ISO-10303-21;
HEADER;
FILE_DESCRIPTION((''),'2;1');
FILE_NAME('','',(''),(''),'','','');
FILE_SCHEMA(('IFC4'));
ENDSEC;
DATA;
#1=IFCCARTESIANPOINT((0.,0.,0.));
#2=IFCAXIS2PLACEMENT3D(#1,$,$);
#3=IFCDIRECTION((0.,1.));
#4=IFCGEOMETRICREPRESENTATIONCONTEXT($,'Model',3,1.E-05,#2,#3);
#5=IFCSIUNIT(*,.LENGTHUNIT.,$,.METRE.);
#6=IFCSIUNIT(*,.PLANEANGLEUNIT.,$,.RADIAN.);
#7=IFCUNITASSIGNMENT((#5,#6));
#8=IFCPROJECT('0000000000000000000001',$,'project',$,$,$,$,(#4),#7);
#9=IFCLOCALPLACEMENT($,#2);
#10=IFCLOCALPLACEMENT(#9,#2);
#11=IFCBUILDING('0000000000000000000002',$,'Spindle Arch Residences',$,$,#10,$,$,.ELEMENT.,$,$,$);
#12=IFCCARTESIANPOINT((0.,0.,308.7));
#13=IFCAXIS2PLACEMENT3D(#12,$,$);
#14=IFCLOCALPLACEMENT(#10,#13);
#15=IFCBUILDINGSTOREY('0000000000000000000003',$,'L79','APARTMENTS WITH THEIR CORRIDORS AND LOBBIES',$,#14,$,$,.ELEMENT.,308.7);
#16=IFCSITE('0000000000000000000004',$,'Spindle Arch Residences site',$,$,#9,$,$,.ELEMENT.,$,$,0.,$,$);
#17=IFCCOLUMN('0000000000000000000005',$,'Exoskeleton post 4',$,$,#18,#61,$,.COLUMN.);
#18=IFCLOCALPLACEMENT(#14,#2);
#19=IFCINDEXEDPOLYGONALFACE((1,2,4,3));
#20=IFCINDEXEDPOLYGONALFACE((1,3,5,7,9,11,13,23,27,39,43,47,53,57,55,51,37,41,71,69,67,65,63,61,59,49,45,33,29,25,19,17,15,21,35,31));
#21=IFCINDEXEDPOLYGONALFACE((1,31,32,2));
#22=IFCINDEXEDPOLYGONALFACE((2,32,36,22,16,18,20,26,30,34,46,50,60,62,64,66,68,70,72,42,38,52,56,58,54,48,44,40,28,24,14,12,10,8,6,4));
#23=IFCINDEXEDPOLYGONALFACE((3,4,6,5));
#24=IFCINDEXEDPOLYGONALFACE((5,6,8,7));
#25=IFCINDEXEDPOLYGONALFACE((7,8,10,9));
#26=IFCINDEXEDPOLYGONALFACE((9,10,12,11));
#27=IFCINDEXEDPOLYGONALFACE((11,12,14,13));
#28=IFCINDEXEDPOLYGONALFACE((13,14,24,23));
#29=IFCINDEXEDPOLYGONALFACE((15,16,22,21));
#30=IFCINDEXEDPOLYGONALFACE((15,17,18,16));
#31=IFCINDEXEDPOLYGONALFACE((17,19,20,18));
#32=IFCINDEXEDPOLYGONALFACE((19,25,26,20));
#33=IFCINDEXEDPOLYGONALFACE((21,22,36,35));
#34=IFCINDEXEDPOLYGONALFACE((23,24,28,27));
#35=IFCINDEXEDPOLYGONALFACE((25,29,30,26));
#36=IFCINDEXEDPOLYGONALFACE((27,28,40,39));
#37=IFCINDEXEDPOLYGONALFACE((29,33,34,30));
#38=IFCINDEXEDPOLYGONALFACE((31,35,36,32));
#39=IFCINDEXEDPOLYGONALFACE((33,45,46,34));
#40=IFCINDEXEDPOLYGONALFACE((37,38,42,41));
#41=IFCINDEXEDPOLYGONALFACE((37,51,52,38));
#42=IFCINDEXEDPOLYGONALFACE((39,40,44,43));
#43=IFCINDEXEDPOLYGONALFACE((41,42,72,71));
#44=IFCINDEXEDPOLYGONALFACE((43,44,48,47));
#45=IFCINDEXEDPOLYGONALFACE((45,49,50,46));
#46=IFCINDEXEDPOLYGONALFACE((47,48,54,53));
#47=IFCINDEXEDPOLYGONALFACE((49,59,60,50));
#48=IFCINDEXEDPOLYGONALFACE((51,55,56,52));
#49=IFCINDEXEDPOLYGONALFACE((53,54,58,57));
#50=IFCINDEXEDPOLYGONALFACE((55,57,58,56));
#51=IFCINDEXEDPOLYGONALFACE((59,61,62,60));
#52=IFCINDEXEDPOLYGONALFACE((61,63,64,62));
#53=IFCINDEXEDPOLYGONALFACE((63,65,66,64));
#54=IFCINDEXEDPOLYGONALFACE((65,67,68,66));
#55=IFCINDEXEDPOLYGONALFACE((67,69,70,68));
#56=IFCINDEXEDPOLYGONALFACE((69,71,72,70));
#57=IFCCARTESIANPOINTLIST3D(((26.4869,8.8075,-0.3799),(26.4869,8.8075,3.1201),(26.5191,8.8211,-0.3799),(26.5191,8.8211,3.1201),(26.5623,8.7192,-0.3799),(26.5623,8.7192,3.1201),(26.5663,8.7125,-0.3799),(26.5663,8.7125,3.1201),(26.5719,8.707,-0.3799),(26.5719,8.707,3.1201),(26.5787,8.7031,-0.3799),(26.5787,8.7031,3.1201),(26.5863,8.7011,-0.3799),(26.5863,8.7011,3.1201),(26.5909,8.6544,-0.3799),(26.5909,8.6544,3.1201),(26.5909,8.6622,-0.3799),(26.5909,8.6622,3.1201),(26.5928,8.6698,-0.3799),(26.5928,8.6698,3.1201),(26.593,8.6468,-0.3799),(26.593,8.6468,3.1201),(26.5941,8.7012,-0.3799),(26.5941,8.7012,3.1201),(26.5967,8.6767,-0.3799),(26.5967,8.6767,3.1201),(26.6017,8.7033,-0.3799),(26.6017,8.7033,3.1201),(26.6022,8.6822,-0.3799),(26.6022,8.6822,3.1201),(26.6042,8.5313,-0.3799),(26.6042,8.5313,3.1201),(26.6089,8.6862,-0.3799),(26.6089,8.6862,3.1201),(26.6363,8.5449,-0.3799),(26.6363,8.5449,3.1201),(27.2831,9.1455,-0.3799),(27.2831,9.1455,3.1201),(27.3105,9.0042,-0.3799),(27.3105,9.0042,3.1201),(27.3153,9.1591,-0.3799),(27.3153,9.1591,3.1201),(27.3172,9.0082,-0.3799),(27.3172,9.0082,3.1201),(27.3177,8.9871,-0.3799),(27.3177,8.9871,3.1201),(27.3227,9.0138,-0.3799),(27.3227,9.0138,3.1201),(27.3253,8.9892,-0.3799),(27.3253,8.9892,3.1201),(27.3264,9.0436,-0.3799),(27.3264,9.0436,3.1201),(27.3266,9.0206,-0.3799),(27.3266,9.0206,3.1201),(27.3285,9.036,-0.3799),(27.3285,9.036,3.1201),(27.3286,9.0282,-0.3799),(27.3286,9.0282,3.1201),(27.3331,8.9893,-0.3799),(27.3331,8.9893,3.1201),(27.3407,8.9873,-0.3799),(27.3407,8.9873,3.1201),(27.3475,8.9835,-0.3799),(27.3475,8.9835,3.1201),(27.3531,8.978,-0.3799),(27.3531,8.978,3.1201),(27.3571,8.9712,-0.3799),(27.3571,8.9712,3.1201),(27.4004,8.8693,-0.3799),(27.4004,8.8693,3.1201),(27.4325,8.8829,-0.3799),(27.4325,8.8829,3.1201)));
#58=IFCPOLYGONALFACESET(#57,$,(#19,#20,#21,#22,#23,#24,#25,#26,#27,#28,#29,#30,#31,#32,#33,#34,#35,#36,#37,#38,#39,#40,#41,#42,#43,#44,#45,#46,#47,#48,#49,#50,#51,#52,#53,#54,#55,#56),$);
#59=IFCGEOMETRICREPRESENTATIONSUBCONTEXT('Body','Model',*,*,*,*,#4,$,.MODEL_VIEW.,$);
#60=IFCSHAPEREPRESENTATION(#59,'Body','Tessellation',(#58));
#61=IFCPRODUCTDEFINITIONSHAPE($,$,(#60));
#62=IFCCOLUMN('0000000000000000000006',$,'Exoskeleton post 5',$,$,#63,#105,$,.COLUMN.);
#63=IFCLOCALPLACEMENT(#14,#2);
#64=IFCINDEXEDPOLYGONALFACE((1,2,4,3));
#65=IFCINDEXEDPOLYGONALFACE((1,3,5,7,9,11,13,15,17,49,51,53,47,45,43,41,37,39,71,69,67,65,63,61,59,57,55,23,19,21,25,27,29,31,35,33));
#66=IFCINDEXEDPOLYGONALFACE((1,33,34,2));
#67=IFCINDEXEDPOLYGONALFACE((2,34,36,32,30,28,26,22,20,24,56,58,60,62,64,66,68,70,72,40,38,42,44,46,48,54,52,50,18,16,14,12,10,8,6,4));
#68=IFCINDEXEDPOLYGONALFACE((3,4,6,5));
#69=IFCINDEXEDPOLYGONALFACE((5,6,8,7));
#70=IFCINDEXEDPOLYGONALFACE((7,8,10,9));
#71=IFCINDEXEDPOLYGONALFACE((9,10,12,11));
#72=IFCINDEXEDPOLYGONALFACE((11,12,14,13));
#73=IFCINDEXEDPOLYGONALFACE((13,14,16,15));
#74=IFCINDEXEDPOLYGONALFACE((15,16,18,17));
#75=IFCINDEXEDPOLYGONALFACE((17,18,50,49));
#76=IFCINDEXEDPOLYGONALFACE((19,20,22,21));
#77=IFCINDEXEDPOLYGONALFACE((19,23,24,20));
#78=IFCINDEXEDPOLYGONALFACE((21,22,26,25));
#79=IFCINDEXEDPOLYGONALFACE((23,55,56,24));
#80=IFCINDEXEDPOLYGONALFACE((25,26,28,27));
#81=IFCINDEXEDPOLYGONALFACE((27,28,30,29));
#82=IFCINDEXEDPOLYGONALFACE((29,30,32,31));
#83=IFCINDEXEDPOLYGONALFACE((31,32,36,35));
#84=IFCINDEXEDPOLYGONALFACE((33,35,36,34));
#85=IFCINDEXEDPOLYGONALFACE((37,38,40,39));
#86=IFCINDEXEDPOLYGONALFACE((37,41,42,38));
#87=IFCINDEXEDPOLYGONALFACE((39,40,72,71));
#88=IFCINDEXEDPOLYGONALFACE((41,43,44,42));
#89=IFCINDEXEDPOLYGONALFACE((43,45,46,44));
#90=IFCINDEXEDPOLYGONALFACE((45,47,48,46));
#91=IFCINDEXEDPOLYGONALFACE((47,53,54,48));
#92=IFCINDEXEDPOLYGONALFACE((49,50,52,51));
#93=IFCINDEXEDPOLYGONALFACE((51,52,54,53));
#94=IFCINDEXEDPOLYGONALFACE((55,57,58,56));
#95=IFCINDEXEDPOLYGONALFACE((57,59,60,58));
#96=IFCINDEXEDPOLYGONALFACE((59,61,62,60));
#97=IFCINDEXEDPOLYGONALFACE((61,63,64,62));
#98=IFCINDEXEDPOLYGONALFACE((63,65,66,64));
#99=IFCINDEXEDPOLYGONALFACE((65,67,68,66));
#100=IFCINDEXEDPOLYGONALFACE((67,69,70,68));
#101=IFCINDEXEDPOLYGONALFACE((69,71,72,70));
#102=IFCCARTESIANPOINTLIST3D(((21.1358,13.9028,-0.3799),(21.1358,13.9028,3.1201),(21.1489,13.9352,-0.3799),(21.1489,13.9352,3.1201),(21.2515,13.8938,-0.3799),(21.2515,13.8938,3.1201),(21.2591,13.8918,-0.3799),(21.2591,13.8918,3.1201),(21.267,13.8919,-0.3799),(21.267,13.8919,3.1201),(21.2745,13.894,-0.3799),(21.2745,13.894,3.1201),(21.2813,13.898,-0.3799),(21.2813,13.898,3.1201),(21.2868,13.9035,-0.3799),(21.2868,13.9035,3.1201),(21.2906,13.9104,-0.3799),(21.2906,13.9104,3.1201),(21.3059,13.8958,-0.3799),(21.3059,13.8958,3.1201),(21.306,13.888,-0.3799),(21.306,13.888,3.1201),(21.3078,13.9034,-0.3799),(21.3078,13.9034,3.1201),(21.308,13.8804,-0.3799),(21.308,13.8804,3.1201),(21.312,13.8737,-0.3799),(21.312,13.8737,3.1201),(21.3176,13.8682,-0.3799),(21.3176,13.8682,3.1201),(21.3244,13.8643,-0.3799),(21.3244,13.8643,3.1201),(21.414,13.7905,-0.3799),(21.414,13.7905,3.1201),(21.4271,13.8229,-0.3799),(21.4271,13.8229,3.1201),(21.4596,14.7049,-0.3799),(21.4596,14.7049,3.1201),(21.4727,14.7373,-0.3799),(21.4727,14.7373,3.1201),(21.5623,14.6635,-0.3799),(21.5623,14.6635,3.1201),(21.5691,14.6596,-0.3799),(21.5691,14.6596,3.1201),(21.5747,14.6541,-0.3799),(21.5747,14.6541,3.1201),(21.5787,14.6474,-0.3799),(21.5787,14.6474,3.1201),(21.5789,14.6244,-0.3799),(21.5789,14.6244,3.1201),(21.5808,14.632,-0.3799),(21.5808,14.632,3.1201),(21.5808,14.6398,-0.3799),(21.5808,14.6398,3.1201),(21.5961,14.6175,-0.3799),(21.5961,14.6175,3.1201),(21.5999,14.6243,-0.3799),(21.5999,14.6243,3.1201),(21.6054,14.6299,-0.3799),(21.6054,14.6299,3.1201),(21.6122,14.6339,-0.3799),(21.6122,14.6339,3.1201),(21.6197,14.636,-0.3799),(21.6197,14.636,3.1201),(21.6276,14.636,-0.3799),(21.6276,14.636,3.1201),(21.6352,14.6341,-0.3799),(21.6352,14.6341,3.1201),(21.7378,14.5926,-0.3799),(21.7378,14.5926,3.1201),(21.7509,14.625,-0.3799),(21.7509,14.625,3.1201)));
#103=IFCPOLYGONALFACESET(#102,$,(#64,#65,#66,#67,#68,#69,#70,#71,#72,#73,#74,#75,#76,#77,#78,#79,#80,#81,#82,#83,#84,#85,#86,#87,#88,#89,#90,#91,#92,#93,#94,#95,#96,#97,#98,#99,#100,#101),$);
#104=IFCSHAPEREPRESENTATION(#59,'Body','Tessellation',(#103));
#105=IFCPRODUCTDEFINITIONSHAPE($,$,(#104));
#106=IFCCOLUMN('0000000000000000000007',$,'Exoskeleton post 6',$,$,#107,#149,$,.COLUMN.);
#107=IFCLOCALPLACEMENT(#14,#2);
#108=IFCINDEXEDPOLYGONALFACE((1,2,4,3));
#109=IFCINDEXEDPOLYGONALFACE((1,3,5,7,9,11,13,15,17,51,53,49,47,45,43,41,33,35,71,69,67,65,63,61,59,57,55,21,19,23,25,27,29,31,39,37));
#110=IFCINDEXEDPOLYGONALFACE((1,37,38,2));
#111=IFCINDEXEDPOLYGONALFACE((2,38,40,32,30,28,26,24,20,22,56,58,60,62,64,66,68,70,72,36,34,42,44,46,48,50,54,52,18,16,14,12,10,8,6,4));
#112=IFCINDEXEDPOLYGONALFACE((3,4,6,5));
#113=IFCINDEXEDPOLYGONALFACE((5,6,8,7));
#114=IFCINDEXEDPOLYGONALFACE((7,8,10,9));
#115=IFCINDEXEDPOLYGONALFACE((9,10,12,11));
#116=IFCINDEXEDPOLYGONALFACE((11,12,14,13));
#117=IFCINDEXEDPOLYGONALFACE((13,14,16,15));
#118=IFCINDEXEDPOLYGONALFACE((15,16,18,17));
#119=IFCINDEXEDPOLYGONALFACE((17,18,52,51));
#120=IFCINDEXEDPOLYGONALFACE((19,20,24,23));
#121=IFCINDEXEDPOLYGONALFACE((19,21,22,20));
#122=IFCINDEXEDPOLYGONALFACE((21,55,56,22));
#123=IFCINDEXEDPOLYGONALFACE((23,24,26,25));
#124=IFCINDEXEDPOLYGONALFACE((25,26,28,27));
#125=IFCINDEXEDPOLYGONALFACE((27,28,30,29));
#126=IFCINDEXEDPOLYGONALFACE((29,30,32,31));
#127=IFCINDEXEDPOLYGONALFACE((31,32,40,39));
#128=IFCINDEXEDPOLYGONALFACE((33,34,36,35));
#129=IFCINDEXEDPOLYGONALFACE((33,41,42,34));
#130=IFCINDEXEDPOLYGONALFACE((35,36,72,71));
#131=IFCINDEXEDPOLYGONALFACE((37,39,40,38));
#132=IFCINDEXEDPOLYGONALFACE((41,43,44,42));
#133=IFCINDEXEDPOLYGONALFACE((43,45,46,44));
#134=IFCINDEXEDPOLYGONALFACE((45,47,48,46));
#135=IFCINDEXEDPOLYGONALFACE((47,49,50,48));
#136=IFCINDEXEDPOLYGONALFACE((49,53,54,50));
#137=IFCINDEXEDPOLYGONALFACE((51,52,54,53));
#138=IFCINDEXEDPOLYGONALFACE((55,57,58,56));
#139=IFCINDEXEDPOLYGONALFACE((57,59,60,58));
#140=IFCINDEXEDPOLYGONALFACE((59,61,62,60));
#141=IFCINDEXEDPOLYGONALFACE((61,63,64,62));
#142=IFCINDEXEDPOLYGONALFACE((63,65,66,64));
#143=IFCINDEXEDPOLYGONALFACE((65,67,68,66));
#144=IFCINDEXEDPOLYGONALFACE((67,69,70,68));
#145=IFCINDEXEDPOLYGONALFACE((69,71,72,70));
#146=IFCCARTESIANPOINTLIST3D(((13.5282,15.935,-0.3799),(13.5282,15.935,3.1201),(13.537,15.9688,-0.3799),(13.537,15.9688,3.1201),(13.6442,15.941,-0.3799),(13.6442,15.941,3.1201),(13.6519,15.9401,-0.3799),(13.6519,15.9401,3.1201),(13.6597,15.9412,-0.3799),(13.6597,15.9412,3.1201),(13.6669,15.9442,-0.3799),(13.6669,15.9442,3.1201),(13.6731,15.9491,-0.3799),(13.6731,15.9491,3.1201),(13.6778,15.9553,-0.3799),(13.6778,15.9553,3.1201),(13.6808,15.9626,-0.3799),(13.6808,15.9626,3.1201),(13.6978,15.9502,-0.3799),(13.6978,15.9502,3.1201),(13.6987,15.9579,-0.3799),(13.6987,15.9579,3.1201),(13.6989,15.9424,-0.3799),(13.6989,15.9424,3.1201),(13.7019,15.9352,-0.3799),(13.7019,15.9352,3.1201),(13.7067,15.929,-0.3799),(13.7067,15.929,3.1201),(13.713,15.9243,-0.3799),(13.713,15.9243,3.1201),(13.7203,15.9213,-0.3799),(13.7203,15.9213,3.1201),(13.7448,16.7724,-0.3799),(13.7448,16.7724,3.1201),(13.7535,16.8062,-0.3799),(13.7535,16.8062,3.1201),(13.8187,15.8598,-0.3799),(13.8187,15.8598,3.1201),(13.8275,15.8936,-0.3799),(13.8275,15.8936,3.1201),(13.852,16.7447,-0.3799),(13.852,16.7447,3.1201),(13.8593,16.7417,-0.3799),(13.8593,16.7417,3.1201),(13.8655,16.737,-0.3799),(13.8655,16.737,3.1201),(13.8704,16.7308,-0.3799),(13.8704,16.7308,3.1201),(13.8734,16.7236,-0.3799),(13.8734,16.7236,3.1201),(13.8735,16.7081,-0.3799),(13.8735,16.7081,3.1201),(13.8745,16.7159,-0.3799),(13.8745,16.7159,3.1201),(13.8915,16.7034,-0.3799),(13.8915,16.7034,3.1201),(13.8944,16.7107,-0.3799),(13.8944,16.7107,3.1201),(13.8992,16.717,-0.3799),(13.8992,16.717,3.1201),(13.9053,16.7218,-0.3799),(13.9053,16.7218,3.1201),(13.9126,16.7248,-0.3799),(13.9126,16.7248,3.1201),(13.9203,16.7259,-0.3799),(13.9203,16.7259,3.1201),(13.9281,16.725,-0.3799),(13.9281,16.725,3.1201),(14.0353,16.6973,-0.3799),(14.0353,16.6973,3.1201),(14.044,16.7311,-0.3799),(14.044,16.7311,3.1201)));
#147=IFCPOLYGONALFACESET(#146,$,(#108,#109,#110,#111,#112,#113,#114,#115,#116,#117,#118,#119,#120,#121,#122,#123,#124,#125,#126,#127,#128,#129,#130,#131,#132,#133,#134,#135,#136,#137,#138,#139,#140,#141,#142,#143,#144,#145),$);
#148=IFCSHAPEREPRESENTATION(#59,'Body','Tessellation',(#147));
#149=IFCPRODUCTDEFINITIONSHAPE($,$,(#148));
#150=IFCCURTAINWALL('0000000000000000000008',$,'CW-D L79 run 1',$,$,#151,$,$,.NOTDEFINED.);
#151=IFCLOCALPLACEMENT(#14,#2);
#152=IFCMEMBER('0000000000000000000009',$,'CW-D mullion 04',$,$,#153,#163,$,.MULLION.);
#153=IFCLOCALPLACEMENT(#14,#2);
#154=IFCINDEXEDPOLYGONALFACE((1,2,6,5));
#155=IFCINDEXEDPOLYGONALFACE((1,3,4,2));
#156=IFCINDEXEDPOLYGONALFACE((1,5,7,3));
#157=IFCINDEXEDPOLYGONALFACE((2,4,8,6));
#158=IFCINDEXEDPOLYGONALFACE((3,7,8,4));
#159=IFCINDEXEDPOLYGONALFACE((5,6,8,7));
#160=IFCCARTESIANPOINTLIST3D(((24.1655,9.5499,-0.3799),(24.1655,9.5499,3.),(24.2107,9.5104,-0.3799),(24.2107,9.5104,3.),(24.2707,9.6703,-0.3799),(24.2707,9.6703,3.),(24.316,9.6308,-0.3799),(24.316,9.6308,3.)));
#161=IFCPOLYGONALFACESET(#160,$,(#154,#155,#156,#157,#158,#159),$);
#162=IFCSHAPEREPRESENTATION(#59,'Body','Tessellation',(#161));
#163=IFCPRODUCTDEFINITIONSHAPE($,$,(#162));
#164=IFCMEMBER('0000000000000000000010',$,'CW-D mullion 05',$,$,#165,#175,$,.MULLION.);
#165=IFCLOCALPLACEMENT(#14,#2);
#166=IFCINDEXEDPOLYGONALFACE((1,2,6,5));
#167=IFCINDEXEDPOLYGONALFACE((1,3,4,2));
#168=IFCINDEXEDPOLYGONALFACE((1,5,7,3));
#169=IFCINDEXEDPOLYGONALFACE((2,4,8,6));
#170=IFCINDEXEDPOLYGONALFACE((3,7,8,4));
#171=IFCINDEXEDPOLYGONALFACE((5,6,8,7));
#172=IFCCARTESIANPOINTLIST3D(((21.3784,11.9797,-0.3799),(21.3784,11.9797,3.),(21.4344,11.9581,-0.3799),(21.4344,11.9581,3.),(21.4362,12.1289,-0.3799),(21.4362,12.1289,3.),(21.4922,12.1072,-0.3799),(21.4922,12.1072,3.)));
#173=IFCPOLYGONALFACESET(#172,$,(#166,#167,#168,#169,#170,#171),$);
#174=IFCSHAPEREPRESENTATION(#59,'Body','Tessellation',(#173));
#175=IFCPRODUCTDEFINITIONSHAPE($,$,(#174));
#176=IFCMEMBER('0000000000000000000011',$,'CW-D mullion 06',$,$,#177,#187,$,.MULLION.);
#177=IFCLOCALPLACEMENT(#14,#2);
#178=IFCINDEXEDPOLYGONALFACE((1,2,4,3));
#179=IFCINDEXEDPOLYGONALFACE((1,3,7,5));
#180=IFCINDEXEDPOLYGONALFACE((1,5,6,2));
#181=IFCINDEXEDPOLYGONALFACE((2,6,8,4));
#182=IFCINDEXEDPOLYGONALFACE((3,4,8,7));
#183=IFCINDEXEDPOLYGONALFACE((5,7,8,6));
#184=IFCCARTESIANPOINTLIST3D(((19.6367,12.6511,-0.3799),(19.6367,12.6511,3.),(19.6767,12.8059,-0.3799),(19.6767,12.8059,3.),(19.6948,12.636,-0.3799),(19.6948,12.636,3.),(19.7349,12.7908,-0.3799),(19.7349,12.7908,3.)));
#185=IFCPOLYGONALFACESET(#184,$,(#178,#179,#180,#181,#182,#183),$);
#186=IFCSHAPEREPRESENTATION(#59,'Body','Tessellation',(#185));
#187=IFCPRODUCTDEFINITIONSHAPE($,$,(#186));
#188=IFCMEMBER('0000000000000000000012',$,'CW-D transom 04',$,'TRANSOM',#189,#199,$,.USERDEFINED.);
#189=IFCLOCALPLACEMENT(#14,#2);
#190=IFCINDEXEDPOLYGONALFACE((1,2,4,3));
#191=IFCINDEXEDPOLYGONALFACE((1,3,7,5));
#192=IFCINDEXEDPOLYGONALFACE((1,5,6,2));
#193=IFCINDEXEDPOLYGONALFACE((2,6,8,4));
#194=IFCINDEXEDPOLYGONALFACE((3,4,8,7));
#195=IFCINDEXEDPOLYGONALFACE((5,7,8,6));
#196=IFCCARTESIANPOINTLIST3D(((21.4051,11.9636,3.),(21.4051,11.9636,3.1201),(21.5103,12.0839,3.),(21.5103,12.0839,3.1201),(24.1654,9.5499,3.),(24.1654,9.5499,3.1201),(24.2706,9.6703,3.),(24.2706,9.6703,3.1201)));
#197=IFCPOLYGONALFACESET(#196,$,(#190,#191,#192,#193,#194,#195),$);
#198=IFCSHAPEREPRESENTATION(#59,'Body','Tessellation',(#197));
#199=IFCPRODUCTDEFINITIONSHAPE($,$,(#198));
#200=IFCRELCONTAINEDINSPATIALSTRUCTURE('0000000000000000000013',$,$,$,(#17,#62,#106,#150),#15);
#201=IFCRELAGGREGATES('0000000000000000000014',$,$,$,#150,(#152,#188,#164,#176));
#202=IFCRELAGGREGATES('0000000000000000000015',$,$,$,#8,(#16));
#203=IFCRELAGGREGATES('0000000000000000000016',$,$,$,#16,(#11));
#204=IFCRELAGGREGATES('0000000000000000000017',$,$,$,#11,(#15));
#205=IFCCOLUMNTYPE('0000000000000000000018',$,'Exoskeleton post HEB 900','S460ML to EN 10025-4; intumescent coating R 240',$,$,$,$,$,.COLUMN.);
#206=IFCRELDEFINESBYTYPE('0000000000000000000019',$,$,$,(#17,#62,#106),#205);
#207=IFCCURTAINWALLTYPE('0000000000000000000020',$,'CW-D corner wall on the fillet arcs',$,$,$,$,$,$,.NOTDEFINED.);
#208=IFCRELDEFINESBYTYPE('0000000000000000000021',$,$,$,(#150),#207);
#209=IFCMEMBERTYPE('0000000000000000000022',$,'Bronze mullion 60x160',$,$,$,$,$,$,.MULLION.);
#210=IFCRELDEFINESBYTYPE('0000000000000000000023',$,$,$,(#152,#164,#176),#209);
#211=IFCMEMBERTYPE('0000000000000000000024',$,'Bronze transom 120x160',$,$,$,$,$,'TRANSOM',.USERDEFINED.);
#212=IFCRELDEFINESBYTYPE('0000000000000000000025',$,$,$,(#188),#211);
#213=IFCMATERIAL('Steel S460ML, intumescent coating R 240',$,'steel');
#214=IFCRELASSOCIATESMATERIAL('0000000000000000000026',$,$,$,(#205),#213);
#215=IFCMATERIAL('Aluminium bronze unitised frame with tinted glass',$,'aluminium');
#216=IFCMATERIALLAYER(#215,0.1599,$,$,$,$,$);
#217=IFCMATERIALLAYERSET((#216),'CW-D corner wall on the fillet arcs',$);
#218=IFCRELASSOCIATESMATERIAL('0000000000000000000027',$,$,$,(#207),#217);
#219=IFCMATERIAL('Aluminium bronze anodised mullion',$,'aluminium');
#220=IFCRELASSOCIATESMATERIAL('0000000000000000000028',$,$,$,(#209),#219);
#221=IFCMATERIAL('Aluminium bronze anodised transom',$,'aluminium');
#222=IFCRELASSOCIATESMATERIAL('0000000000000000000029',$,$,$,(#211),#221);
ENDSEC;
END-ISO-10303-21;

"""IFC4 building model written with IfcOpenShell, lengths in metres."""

from ifc_helpers import new_model, si_unit, direction, frame, origin, origin_2d, place, context, subcontext, project, spatial, rectangle, i_section, extrude, material, layer, layer_set, material_profile, profile_set, type_object, element, aggregate, save


model = new_model("IFC4")

# Units and contexts
model_context = context("Model", 3, precision=1e-05, world=origin(), true_north=direction((0.0, 1.0)))
body_context = subcontext(model_context, "Body", "Model", "MODEL_VIEW")
ifc_project = project(units=[si_unit("LENGTHUNIT", "METRE"), si_unit("PLANEANGLEUNIT", "RADIAN")], contexts=[model_context])

# Site, building, storey
site_placement = place(None, origin())
site = spatial("IfcSite", under=ifc_project, at=site_placement, Name="Spindle Arch Residences site", CompositionType="ELEMENT", RefElevation=0.0)
building_placement = place(site_placement, origin())
building = spatial("IfcBuilding", under=site, at=building_placement, Name="Spindle Arch Residences", CompositionType="ELEMENT")
storey_placement = place(building_placement, frame((0.0, 0.0, 308.7)))
storey = spatial("IfcBuildingStorey", under=building, at=storey_placement, Name="L79", Description="APARTMENTS WITH THEIR CORRIDORS AND LOBBIES", CompositionType="ELEMENT", Elevation=308.7)

# Columns
ifc_material_1 = material(Name="Steel S460ML, intumescent coating R 240", Category="steel")
ifc_material_profile_1 = material_profile(ifc_material_1, i_section(OverallWidth=0.3, OverallDepth=0.8999, WebThickness=0.0186, FlangeThickness=0.0349, FilletRadius=0.03, at=origin_2d()), Name="HEB 900")
ifc_profile_set_1 = profile_set([ifc_material_profile_1], Name="Steel S460ML, intumescent coating R 240")
column_type = type_object("IfcColumnType", Name="Exoskeleton post HEB 900", Description="S460ML to EN 10025-4; intumescent coating R 240", PredefinedType="COLUMN", material=ifc_profile_set_1)
for number, where, z_axis, x_axis, name in (
    (1, (26.9597, 8.8452, -0.3799), (0.0, 0.0, 1.0), (0.39077, -0.920488, 0.0), "Exoskeleton post 4"),
    (2, (21.4434, 14.2639, -0.3799), (0.0, 0.0, 1.0), (0.927295, -0.374332, 0.0), "Exoskeleton post 5"),
    (3, (13.7861, 16.333, -0.3799), (0.0, 0.0, 1.0), (0.968148, -0.25038, 0.0), "Exoskeleton post 6"),
):
    element("IfcColumn", number, at=place(storey_placement, frame(where, z_axis=z_axis, x_axis=x_axis)), inside=storey, type_object=column_type, Name=name, PredefinedType="COLUMN", context=body_context, shape_type="SweptSolid", body=[
        extrude(i_section(OverallWidth=0.3, OverallDepth=0.8999, WebThickness=0.0186, FlangeThickness=0.0349, FilletRadius=0.03, at=origin_2d()), origin(), (0.0, 0.0, 1.0), 3.5),
    ])

# Curtain wall, members
ifc_material_2 = material(Name="Aluminium bronze unitised frame with tinted glass", Category="aluminium")
ifc_layer_1 = layer(ifc_material_2, 0.1599)
ifc_layer_set_1 = layer_set([ifc_layer_1], Name="CW-D corner wall on the fillet arcs")
curtain_wall_type = type_object("IfcCurtainWallType", Name="CW-D corner wall on the fillet arcs", PredefinedType="NOTDEFINED", material=ifc_layer_set_1)
curtain_wall_placement = place(storey_placement, origin())
curtain_wall = element("IfcCurtainWall", 4, at=curtain_wall_placement, inside=storey, type_object=curtain_wall_type, Name="CW-D L79 run 1", PredefinedType="NOTDEFINED")
ifc_material_3 = material(Name="Aluminium bronze anodised mullion", Category="aluminium")
ifc_material_profile_2 = material_profile(ifc_material_3, rectangle(XDim=0.1599, YDim=0.0601, at=origin_2d()), Name="MU 60x160")
ifc_profile_set_2 = profile_set([ifc_material_profile_2], Name="Aluminium bronze anodised mullion")
member_type_1 = type_object("IfcMemberType", Name="Bronze mullion 60x160", PredefinedType="MULLION", material=ifc_profile_set_2)
member_1_placement = place(storey_placement, frame((24.2407, 9.5903, -0.3799), z_axis=(0.0, 0.0, 1.0), x_axis=(-0.658252, -0.752798, 0.0)))
member_1 = element("IfcMember", 5, at=member_1_placement, type_object=member_type_1, Name="CW-D mullion 04", PredefinedType="MULLION", context=body_context, shape_type="SweptSolid", body=[
    extrude(rectangle(XDim=0.1599, YDim=0.0601, at=origin_2d()), origin(), (0.0, 0.0, 1.0), 3.3799),
])
member_2_placement = place(storey_placement, frame((21.4353, 12.0435, -0.3799), z_axis=(0.0, 0.0, 1.0), x_axis=(-0.361082, -0.932534, 0.0)))
member_2 = element("IfcMember", 6, at=member_2_placement, type_object=member_type_1, Name="CW-D mullion 05", PredefinedType="MULLION", context=body_context, shape_type="SweptSolid", body=[
    extrude(rectangle(XDim=0.1599, YDim=0.0601, at=origin_2d()), origin(), (0.0, 0.0, 1.0), 3.3799),
])
member_3_placement = place(storey_placement, frame((19.6858, 12.7209, -0.3799), z_axis=(0.0, 0.0, 1.0), x_axis=(-0.25038, -0.968148, 0.0)))
member_3 = element("IfcMember", 7, at=member_3_placement, type_object=member_type_1, Name="CW-D mullion 06", PredefinedType="MULLION", context=body_context, shape_type="SweptSolid", body=[
    extrude(rectangle(XDim=0.1599, YDim=0.0601, at=origin_2d()), origin(), (0.0, 0.0, 1.0), 3.3799),
])
ifc_material_4 = material(Name="Aluminium bronze anodised transom", Category="aluminium")
ifc_material_profile_3 = material_profile(ifc_material_4, rectangle(XDim=0.1599, YDim=0.1201, at=origin_2d()), Name="TR 120x160")
ifc_profile_set_3 = profile_set([ifc_material_profile_3], Name="Aluminium bronze anodised transom")
member_type_2 = type_object("IfcMemberType", Name="Bronze transom 120x160", ElementType="TRANSOM", PredefinedType="USERDEFINED", material=ifc_profile_set_3)
member_4_placement = place(storey_placement, frame((24.218, 9.6101, 3.0601), z_axis=(-0.752799, 0.65825, 0.0), x_axis=(-0.65825, -0.752799, 0.0)))
member_4 = element("IfcMember", 8, at=member_4_placement, type_object=member_type_2, Name="CW-D transom 04", ObjectType="TRANSOM", PredefinedType="USERDEFINED", context=body_context, shape_type="SweptSolid", body=[
    extrude(rectangle(XDim=0.1599, YDim=0.1201, at=origin_2d()), origin(), (0.0, 0.0, 1.0), 3.6667),
])

aggregate(curtain_wall, [member_1, member_4, member_2, member_3])

save(model, "model.ifc")
